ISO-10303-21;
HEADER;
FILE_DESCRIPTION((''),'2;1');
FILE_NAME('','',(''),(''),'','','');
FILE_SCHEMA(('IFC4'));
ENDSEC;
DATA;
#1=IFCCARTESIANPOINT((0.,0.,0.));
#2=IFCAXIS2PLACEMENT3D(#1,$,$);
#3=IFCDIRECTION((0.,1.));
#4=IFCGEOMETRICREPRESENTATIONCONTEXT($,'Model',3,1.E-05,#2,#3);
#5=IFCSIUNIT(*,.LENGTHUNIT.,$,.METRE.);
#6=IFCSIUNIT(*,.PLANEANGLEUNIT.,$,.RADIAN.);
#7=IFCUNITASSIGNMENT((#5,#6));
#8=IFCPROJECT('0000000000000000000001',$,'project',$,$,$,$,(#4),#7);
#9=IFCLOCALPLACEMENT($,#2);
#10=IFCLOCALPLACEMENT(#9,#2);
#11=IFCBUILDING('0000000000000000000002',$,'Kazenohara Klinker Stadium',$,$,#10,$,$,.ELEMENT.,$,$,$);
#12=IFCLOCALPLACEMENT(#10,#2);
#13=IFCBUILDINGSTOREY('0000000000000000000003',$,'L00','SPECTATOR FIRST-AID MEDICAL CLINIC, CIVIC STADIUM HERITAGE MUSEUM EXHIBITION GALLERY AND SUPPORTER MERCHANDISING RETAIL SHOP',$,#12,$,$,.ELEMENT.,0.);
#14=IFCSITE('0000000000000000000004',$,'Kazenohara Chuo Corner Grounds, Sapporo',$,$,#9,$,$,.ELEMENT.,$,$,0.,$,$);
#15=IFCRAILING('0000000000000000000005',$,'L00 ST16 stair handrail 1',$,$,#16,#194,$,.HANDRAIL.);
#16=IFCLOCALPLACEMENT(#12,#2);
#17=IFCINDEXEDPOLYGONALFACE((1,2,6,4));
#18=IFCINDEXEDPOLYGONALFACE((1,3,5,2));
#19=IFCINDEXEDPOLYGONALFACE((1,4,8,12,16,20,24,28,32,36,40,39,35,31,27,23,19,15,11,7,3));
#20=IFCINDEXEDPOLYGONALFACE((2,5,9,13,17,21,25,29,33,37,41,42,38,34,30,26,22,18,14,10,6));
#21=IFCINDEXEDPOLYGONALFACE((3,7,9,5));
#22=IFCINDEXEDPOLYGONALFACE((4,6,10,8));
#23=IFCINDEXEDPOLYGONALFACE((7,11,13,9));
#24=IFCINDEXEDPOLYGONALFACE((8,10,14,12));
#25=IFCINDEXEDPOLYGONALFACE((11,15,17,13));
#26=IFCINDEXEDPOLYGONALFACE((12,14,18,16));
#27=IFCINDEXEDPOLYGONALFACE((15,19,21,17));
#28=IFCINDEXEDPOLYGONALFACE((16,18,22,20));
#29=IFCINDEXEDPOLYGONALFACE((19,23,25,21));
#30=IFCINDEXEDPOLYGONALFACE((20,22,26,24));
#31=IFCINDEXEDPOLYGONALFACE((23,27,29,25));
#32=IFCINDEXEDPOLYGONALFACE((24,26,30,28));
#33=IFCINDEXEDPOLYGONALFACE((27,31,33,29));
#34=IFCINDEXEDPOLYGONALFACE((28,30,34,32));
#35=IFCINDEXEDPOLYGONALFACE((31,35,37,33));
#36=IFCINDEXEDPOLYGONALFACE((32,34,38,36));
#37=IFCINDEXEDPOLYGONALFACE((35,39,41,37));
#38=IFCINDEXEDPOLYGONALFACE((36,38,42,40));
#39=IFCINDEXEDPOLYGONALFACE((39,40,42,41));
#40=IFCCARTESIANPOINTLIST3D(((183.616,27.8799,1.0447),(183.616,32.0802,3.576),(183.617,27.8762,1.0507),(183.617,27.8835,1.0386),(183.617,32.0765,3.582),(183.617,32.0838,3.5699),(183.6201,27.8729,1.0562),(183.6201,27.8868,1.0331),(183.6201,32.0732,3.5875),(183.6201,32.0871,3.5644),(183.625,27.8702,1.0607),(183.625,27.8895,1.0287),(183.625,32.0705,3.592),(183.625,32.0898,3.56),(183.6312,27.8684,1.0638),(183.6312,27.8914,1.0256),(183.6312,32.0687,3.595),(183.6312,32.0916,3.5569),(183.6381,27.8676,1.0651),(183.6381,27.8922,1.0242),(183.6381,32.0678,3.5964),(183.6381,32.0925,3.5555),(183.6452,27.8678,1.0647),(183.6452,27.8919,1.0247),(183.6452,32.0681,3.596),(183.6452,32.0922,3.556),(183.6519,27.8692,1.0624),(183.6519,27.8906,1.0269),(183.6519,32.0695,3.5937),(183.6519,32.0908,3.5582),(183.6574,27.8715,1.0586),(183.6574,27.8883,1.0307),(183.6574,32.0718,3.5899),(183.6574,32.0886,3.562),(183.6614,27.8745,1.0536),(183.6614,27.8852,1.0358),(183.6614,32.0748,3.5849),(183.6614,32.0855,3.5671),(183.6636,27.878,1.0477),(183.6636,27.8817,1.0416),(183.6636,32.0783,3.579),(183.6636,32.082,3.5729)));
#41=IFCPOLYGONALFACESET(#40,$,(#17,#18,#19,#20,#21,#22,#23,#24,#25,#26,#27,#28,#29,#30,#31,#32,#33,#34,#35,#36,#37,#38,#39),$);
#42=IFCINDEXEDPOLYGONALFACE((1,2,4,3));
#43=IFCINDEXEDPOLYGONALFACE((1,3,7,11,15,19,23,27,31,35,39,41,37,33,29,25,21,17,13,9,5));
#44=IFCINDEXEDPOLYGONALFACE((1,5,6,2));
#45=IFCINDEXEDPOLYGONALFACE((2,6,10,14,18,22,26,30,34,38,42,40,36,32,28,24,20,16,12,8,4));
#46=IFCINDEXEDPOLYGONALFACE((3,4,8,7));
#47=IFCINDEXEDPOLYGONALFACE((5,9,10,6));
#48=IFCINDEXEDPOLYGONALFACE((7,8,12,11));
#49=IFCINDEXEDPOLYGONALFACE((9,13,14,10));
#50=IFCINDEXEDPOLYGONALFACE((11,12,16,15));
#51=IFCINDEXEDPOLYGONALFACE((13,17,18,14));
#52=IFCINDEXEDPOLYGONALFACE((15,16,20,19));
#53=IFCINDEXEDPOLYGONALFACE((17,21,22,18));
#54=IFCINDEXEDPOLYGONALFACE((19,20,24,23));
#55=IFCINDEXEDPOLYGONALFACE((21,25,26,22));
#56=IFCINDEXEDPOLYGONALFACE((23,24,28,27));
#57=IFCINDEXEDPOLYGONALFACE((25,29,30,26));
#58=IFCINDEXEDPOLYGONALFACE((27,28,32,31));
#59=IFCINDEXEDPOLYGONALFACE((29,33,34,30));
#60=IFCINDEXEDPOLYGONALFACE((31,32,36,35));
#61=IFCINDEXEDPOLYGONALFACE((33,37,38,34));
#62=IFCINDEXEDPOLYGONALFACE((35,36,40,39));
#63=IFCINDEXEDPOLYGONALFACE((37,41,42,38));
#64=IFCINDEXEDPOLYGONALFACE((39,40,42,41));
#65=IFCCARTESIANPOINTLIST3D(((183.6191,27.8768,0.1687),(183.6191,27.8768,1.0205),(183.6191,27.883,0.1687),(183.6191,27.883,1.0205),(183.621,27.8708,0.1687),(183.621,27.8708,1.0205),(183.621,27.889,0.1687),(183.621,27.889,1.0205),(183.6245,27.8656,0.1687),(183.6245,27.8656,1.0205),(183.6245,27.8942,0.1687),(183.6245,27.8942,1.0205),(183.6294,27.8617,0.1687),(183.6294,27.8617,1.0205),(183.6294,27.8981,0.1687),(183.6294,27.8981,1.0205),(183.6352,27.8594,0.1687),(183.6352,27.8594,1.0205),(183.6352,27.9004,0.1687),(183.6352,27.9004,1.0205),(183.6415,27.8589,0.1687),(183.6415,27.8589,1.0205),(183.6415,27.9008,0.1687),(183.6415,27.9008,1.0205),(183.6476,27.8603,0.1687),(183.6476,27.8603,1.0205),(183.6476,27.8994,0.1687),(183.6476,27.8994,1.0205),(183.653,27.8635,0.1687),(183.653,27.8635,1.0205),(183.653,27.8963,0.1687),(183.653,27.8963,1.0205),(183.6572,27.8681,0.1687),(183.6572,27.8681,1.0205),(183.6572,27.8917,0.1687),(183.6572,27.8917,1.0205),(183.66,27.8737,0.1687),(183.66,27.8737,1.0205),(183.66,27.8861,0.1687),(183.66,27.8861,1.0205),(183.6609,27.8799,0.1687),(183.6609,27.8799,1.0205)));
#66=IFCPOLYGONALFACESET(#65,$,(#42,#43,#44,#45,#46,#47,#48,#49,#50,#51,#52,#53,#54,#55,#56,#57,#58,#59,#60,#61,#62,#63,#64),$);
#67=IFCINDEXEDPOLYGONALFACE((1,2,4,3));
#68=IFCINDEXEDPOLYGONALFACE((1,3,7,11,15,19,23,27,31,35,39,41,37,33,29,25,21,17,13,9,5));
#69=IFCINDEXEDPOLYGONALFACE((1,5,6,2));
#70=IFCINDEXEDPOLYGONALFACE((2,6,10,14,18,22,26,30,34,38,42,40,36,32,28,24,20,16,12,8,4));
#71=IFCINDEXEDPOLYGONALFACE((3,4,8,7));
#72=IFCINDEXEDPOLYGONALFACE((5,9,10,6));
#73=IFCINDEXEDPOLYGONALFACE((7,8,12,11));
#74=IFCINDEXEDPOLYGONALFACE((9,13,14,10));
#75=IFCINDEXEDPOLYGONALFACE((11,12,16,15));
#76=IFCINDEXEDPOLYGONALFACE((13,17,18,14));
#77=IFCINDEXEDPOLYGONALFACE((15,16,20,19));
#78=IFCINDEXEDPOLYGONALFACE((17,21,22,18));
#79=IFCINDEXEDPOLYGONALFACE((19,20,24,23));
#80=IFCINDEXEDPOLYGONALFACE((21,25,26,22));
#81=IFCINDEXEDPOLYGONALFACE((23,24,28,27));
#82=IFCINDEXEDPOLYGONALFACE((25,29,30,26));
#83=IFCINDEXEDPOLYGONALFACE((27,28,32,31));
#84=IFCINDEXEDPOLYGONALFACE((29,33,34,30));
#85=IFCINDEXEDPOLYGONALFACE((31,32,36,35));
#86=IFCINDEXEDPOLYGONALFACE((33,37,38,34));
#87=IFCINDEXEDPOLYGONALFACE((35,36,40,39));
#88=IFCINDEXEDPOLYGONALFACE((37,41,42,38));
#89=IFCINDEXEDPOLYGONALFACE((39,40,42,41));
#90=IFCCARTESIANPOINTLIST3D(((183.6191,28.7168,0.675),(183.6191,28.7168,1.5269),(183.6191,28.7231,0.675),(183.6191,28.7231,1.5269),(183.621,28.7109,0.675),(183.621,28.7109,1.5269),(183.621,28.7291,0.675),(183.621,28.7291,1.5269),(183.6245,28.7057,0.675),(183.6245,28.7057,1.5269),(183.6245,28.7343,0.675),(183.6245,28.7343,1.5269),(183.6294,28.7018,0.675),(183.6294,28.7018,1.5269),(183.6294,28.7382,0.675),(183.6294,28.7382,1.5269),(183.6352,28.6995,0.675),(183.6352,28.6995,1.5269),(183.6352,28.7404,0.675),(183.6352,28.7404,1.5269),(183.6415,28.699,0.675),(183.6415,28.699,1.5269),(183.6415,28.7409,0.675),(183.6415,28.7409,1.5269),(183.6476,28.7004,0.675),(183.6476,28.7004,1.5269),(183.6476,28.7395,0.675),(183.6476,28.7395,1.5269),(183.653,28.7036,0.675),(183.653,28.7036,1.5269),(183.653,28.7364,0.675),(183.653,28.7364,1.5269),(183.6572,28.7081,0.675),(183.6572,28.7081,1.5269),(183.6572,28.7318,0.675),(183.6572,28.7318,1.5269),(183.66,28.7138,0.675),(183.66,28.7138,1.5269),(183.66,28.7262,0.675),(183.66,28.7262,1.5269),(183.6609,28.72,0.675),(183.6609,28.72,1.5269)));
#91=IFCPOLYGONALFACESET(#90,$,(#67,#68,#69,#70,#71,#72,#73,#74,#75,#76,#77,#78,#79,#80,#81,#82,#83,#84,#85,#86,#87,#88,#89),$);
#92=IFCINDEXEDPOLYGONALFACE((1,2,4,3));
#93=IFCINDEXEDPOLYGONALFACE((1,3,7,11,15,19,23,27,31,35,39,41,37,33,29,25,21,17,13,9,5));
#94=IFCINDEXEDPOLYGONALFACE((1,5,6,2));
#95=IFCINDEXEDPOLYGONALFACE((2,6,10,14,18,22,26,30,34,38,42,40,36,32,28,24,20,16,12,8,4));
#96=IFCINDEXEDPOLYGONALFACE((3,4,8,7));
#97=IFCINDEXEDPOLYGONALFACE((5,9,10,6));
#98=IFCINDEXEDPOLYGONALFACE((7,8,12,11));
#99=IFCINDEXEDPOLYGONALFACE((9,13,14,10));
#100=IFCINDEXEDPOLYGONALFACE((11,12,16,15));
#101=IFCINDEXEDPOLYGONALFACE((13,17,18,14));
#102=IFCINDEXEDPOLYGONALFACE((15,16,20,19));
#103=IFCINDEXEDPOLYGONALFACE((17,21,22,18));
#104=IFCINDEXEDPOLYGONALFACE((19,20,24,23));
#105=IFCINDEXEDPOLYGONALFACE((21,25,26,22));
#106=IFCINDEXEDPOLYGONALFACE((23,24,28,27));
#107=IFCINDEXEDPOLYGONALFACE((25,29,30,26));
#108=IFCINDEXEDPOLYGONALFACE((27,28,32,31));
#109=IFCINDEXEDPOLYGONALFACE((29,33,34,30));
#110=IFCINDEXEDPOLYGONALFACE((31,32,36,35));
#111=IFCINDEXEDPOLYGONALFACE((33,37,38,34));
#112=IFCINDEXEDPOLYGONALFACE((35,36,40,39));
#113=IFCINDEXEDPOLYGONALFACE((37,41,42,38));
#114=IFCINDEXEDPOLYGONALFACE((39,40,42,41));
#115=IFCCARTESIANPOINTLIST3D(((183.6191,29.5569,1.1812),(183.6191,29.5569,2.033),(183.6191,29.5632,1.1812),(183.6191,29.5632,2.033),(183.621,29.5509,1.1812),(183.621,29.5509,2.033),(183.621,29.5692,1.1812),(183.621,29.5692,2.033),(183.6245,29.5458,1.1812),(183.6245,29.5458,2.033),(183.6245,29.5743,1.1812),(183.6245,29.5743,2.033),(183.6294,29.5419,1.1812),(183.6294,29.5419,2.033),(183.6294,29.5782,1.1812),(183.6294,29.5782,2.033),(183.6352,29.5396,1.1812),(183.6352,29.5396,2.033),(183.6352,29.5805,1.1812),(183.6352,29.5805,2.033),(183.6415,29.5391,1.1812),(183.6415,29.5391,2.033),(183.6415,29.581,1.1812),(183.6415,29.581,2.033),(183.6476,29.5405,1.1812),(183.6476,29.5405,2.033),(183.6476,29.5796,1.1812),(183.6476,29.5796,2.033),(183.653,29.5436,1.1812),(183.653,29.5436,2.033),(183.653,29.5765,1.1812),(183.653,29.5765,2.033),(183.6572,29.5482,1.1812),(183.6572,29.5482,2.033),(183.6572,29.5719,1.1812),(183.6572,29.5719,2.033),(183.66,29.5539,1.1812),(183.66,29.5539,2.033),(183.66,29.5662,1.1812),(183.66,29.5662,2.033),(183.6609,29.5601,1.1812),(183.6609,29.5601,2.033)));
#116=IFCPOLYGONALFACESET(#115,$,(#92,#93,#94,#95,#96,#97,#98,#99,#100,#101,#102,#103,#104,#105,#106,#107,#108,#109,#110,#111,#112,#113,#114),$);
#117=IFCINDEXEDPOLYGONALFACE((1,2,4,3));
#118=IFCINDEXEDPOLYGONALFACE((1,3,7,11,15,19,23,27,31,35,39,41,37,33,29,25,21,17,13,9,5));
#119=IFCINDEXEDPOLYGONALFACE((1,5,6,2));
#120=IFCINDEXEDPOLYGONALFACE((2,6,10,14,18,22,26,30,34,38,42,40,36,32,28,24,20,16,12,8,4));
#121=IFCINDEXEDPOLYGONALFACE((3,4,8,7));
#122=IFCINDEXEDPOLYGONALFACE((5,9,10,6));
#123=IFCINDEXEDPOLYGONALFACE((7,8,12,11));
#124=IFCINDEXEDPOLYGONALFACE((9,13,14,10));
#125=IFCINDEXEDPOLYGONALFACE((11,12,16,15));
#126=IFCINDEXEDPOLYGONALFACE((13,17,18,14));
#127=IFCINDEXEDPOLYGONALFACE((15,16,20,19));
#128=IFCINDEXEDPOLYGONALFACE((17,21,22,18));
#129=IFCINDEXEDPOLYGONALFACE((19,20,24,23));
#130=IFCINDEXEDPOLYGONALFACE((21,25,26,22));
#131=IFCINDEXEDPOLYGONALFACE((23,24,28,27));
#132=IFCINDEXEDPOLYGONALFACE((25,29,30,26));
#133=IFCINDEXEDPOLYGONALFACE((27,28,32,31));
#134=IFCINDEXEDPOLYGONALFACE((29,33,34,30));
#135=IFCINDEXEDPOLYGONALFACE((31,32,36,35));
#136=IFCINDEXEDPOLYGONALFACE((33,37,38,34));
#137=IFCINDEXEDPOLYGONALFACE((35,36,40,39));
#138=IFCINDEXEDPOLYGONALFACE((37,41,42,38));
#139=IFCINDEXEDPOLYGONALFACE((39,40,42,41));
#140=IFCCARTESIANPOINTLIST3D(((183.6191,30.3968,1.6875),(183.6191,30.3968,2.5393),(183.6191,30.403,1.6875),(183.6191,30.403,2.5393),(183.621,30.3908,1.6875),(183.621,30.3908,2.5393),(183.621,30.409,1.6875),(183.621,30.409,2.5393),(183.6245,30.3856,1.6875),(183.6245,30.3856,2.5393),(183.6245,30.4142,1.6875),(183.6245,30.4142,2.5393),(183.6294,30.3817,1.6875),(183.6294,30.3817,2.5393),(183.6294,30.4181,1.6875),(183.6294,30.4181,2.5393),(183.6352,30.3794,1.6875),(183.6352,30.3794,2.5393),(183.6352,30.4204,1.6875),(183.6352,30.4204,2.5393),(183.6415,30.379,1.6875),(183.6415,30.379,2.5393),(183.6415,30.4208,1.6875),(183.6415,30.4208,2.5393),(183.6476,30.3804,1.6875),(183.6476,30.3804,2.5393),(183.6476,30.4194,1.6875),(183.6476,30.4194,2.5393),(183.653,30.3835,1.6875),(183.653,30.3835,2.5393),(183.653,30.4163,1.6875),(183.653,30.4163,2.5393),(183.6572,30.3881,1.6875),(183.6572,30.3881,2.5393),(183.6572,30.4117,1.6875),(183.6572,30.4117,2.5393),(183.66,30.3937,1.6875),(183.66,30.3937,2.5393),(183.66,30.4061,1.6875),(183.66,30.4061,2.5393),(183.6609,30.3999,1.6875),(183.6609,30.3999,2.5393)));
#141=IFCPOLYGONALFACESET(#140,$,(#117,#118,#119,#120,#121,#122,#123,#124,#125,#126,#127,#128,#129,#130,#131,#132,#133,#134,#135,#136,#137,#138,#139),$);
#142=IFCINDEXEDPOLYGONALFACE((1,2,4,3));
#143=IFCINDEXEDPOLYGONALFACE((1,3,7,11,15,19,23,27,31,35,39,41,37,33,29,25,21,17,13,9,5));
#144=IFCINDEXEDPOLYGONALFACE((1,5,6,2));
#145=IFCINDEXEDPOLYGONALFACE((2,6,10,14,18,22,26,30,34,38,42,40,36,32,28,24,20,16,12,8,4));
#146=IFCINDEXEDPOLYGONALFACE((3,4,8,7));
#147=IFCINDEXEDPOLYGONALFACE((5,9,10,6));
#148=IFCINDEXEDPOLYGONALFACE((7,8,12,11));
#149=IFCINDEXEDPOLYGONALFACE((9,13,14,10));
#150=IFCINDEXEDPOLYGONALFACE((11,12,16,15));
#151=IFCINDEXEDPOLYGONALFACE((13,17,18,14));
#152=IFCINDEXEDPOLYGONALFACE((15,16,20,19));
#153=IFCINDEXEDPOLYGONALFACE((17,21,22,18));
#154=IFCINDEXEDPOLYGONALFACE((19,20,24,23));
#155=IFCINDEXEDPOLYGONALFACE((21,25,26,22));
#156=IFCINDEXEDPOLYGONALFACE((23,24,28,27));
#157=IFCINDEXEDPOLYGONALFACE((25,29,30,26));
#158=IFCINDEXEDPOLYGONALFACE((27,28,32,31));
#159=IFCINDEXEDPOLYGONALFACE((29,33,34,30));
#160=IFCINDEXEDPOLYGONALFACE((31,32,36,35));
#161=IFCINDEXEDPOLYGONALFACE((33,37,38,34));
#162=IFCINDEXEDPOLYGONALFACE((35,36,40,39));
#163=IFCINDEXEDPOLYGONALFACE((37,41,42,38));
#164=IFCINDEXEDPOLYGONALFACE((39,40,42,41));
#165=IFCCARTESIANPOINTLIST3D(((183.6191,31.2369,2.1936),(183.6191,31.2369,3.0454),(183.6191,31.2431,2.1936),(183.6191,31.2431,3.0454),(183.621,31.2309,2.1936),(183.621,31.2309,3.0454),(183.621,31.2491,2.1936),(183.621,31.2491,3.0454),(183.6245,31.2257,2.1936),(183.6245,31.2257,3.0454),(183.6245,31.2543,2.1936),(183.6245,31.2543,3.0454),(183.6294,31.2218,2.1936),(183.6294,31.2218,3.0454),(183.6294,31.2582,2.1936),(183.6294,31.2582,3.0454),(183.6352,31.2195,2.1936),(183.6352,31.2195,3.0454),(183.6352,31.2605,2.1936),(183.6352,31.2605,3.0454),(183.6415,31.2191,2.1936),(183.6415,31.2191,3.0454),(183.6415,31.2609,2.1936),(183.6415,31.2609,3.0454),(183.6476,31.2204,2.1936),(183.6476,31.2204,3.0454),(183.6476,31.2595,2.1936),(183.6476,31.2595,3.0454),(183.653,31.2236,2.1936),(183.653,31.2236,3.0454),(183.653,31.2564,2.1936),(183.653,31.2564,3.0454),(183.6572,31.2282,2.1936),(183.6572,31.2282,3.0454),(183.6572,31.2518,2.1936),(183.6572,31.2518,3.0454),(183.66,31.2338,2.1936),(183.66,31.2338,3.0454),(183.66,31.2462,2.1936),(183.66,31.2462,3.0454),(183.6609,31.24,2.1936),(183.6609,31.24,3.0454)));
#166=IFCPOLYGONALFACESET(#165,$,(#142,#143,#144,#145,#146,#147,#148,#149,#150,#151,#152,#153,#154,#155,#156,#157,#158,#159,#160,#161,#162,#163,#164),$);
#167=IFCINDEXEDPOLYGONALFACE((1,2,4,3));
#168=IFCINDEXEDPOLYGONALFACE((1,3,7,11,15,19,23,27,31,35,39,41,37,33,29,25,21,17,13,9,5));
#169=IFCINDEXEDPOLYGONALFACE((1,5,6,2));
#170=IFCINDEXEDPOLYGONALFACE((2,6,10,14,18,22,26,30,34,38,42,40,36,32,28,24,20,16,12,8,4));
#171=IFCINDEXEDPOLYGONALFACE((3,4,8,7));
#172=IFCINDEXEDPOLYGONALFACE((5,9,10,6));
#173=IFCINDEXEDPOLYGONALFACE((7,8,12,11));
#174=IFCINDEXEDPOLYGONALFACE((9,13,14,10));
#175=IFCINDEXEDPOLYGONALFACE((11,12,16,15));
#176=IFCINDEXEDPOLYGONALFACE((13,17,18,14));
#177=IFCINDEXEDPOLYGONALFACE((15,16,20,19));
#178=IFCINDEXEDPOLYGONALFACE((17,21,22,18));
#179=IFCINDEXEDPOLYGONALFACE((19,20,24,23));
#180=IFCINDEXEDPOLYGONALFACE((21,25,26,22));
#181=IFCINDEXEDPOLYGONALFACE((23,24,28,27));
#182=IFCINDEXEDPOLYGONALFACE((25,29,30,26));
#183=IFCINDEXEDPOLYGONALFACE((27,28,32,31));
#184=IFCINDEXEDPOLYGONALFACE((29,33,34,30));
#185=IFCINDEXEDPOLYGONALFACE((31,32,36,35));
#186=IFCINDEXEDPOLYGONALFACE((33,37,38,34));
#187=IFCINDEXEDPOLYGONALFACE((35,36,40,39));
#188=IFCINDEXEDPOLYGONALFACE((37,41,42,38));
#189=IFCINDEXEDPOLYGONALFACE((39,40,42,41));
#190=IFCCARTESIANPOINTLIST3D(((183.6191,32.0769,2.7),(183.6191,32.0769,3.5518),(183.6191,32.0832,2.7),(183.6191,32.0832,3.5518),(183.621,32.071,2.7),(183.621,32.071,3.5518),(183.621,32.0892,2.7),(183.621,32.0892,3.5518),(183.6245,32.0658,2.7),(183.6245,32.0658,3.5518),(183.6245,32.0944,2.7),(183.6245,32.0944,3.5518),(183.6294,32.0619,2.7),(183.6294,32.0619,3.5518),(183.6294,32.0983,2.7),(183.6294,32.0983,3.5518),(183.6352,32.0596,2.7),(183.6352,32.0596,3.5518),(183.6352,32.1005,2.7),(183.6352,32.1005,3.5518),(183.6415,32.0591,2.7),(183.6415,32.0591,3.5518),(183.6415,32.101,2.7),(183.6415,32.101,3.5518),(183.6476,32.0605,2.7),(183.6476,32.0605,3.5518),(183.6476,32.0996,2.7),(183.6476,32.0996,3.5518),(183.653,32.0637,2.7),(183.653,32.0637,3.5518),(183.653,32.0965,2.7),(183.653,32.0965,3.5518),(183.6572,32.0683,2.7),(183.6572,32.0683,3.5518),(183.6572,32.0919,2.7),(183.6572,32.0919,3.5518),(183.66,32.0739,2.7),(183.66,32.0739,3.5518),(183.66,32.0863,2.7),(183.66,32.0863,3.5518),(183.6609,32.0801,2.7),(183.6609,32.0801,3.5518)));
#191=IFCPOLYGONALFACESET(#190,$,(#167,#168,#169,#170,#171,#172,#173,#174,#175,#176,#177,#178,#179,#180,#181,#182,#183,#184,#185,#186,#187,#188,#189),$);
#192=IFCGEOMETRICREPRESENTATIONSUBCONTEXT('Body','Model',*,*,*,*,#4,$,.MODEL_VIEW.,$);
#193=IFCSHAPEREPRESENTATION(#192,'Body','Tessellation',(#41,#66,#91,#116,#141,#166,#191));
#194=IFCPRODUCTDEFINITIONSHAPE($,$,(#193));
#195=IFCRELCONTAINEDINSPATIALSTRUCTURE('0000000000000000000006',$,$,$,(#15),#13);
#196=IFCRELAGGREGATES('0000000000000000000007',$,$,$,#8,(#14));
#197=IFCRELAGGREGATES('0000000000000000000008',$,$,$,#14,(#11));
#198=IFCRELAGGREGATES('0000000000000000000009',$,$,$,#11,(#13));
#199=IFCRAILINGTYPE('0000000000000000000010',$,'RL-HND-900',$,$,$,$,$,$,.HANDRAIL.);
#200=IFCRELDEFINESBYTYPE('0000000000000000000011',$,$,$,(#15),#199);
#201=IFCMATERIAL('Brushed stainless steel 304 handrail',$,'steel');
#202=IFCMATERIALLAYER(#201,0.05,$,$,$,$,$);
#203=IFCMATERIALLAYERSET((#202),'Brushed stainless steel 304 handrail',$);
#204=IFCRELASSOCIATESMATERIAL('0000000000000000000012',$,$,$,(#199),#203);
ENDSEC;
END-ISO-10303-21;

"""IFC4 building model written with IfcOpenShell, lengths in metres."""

from ifc_helpers import new_model, si_unit, direction, frame, origin, origin_2d, place, context, subcontext, project, spatial, circle, extrude, material, layer, layer_set, type_object, element, save


model = new_model("IFC4")

# Units and contexts
model_context = context("Model", 3, precision=1e-05, world=origin(), true_north=direction((0.0, 1.0)))
body_context = subcontext(model_context, "Body", "Model", "MODEL_VIEW")
ifc_project = project(units=[si_unit("LENGTHUNIT", "METRE"), si_unit("PLANEANGLEUNIT", "RADIAN")], contexts=[model_context])

# Site, building, storey
site_placement = place(None, origin())
site = spatial("IfcSite", under=ifc_project, at=site_placement, Name="Kazenohara Chuo Corner Grounds, Sapporo", CompositionType="ELEMENT", RefElevation=0.0)
building_placement = place(site_placement, origin())
building = spatial("IfcBuilding", under=site, at=building_placement, Name="Kazenohara Klinker Stadium", CompositionType="ELEMENT")
storey_placement = place(building_placement, origin())
storey = spatial("IfcBuildingStorey", under=building, at=storey_placement, Name="L00", Description="SPECTATOR FIRST-AID MEDICAL CLINIC, CIVIC STADIUM HERITAGE MUSEUM EXHIBITION GALLERY AND SUPPORTER MERCHANDISING RETAIL SHOP", CompositionType="ELEMENT", Elevation=0.0)

# Railing
ifc_material_1 = material(Name="Brushed stainless steel 304 handrail", Category="steel")
ifc_layer_1 = layer(ifc_material_1, 0.05)
ifc_layer_set_1 = layer_set([ifc_layer_1], Name="Brushed stainless steel 304 handrail")
railing_type_1 = type_object("IfcRailingType", Name="RL-HND-900", PredefinedType="HANDRAIL", material=ifc_layer_set_1)
railing_1_placement = place(storey_placement, frame((183.6399, 27.8799, 0.1687)))
element("IfcRailing", 1, at=railing_1_placement, inside=storey, type_object=railing_type_1, Name="L00 ST16 stair handrail 1", PredefinedType="HANDRAIL", context=body_context, shape_type="SweptSolid", body=[
    extrude(circle(Radius=0.0239, at=origin_2d()), frame((0.0, 0.0, 0.876), z_axis=(0.0, 0.85649, 0.516164), x_axis=(-1.0, 0.0, 0.0)), (0.0, 0.0, 1.0), 4.9041),
    extrude(circle(Radius=0.021, at=origin_2d()), origin(), (0.0, 0.0, 1.0), 0.8518),
    extrude(circle(Radius=0.021, at=origin_2d()), frame((0.0, 0.8401, 0.5063)), (0.0, 0.0, 1.0), 0.8518),
    extrude(circle(Radius=0.021, at=origin_2d()), frame((0.0, 1.6802, 1.0125)), (0.0, 0.0, 1.0), 0.8518),
    extrude(circle(Radius=0.021, at=origin_2d()), frame((0.0, 2.52, 1.5188)), (0.0, 0.0, 1.0), 0.8518),
    extrude(circle(Radius=0.021, at=origin_2d()), frame((0.0, 3.3601, 2.0249)), (0.0, 0.0, 1.0), 0.8518),
    extrude(circle(Radius=0.021, at=origin_2d()), frame((0.0, 4.2002, 2.5312)), (0.0, 0.0, 1.0), 0.8518),
])

save(model, "model.ifc")
